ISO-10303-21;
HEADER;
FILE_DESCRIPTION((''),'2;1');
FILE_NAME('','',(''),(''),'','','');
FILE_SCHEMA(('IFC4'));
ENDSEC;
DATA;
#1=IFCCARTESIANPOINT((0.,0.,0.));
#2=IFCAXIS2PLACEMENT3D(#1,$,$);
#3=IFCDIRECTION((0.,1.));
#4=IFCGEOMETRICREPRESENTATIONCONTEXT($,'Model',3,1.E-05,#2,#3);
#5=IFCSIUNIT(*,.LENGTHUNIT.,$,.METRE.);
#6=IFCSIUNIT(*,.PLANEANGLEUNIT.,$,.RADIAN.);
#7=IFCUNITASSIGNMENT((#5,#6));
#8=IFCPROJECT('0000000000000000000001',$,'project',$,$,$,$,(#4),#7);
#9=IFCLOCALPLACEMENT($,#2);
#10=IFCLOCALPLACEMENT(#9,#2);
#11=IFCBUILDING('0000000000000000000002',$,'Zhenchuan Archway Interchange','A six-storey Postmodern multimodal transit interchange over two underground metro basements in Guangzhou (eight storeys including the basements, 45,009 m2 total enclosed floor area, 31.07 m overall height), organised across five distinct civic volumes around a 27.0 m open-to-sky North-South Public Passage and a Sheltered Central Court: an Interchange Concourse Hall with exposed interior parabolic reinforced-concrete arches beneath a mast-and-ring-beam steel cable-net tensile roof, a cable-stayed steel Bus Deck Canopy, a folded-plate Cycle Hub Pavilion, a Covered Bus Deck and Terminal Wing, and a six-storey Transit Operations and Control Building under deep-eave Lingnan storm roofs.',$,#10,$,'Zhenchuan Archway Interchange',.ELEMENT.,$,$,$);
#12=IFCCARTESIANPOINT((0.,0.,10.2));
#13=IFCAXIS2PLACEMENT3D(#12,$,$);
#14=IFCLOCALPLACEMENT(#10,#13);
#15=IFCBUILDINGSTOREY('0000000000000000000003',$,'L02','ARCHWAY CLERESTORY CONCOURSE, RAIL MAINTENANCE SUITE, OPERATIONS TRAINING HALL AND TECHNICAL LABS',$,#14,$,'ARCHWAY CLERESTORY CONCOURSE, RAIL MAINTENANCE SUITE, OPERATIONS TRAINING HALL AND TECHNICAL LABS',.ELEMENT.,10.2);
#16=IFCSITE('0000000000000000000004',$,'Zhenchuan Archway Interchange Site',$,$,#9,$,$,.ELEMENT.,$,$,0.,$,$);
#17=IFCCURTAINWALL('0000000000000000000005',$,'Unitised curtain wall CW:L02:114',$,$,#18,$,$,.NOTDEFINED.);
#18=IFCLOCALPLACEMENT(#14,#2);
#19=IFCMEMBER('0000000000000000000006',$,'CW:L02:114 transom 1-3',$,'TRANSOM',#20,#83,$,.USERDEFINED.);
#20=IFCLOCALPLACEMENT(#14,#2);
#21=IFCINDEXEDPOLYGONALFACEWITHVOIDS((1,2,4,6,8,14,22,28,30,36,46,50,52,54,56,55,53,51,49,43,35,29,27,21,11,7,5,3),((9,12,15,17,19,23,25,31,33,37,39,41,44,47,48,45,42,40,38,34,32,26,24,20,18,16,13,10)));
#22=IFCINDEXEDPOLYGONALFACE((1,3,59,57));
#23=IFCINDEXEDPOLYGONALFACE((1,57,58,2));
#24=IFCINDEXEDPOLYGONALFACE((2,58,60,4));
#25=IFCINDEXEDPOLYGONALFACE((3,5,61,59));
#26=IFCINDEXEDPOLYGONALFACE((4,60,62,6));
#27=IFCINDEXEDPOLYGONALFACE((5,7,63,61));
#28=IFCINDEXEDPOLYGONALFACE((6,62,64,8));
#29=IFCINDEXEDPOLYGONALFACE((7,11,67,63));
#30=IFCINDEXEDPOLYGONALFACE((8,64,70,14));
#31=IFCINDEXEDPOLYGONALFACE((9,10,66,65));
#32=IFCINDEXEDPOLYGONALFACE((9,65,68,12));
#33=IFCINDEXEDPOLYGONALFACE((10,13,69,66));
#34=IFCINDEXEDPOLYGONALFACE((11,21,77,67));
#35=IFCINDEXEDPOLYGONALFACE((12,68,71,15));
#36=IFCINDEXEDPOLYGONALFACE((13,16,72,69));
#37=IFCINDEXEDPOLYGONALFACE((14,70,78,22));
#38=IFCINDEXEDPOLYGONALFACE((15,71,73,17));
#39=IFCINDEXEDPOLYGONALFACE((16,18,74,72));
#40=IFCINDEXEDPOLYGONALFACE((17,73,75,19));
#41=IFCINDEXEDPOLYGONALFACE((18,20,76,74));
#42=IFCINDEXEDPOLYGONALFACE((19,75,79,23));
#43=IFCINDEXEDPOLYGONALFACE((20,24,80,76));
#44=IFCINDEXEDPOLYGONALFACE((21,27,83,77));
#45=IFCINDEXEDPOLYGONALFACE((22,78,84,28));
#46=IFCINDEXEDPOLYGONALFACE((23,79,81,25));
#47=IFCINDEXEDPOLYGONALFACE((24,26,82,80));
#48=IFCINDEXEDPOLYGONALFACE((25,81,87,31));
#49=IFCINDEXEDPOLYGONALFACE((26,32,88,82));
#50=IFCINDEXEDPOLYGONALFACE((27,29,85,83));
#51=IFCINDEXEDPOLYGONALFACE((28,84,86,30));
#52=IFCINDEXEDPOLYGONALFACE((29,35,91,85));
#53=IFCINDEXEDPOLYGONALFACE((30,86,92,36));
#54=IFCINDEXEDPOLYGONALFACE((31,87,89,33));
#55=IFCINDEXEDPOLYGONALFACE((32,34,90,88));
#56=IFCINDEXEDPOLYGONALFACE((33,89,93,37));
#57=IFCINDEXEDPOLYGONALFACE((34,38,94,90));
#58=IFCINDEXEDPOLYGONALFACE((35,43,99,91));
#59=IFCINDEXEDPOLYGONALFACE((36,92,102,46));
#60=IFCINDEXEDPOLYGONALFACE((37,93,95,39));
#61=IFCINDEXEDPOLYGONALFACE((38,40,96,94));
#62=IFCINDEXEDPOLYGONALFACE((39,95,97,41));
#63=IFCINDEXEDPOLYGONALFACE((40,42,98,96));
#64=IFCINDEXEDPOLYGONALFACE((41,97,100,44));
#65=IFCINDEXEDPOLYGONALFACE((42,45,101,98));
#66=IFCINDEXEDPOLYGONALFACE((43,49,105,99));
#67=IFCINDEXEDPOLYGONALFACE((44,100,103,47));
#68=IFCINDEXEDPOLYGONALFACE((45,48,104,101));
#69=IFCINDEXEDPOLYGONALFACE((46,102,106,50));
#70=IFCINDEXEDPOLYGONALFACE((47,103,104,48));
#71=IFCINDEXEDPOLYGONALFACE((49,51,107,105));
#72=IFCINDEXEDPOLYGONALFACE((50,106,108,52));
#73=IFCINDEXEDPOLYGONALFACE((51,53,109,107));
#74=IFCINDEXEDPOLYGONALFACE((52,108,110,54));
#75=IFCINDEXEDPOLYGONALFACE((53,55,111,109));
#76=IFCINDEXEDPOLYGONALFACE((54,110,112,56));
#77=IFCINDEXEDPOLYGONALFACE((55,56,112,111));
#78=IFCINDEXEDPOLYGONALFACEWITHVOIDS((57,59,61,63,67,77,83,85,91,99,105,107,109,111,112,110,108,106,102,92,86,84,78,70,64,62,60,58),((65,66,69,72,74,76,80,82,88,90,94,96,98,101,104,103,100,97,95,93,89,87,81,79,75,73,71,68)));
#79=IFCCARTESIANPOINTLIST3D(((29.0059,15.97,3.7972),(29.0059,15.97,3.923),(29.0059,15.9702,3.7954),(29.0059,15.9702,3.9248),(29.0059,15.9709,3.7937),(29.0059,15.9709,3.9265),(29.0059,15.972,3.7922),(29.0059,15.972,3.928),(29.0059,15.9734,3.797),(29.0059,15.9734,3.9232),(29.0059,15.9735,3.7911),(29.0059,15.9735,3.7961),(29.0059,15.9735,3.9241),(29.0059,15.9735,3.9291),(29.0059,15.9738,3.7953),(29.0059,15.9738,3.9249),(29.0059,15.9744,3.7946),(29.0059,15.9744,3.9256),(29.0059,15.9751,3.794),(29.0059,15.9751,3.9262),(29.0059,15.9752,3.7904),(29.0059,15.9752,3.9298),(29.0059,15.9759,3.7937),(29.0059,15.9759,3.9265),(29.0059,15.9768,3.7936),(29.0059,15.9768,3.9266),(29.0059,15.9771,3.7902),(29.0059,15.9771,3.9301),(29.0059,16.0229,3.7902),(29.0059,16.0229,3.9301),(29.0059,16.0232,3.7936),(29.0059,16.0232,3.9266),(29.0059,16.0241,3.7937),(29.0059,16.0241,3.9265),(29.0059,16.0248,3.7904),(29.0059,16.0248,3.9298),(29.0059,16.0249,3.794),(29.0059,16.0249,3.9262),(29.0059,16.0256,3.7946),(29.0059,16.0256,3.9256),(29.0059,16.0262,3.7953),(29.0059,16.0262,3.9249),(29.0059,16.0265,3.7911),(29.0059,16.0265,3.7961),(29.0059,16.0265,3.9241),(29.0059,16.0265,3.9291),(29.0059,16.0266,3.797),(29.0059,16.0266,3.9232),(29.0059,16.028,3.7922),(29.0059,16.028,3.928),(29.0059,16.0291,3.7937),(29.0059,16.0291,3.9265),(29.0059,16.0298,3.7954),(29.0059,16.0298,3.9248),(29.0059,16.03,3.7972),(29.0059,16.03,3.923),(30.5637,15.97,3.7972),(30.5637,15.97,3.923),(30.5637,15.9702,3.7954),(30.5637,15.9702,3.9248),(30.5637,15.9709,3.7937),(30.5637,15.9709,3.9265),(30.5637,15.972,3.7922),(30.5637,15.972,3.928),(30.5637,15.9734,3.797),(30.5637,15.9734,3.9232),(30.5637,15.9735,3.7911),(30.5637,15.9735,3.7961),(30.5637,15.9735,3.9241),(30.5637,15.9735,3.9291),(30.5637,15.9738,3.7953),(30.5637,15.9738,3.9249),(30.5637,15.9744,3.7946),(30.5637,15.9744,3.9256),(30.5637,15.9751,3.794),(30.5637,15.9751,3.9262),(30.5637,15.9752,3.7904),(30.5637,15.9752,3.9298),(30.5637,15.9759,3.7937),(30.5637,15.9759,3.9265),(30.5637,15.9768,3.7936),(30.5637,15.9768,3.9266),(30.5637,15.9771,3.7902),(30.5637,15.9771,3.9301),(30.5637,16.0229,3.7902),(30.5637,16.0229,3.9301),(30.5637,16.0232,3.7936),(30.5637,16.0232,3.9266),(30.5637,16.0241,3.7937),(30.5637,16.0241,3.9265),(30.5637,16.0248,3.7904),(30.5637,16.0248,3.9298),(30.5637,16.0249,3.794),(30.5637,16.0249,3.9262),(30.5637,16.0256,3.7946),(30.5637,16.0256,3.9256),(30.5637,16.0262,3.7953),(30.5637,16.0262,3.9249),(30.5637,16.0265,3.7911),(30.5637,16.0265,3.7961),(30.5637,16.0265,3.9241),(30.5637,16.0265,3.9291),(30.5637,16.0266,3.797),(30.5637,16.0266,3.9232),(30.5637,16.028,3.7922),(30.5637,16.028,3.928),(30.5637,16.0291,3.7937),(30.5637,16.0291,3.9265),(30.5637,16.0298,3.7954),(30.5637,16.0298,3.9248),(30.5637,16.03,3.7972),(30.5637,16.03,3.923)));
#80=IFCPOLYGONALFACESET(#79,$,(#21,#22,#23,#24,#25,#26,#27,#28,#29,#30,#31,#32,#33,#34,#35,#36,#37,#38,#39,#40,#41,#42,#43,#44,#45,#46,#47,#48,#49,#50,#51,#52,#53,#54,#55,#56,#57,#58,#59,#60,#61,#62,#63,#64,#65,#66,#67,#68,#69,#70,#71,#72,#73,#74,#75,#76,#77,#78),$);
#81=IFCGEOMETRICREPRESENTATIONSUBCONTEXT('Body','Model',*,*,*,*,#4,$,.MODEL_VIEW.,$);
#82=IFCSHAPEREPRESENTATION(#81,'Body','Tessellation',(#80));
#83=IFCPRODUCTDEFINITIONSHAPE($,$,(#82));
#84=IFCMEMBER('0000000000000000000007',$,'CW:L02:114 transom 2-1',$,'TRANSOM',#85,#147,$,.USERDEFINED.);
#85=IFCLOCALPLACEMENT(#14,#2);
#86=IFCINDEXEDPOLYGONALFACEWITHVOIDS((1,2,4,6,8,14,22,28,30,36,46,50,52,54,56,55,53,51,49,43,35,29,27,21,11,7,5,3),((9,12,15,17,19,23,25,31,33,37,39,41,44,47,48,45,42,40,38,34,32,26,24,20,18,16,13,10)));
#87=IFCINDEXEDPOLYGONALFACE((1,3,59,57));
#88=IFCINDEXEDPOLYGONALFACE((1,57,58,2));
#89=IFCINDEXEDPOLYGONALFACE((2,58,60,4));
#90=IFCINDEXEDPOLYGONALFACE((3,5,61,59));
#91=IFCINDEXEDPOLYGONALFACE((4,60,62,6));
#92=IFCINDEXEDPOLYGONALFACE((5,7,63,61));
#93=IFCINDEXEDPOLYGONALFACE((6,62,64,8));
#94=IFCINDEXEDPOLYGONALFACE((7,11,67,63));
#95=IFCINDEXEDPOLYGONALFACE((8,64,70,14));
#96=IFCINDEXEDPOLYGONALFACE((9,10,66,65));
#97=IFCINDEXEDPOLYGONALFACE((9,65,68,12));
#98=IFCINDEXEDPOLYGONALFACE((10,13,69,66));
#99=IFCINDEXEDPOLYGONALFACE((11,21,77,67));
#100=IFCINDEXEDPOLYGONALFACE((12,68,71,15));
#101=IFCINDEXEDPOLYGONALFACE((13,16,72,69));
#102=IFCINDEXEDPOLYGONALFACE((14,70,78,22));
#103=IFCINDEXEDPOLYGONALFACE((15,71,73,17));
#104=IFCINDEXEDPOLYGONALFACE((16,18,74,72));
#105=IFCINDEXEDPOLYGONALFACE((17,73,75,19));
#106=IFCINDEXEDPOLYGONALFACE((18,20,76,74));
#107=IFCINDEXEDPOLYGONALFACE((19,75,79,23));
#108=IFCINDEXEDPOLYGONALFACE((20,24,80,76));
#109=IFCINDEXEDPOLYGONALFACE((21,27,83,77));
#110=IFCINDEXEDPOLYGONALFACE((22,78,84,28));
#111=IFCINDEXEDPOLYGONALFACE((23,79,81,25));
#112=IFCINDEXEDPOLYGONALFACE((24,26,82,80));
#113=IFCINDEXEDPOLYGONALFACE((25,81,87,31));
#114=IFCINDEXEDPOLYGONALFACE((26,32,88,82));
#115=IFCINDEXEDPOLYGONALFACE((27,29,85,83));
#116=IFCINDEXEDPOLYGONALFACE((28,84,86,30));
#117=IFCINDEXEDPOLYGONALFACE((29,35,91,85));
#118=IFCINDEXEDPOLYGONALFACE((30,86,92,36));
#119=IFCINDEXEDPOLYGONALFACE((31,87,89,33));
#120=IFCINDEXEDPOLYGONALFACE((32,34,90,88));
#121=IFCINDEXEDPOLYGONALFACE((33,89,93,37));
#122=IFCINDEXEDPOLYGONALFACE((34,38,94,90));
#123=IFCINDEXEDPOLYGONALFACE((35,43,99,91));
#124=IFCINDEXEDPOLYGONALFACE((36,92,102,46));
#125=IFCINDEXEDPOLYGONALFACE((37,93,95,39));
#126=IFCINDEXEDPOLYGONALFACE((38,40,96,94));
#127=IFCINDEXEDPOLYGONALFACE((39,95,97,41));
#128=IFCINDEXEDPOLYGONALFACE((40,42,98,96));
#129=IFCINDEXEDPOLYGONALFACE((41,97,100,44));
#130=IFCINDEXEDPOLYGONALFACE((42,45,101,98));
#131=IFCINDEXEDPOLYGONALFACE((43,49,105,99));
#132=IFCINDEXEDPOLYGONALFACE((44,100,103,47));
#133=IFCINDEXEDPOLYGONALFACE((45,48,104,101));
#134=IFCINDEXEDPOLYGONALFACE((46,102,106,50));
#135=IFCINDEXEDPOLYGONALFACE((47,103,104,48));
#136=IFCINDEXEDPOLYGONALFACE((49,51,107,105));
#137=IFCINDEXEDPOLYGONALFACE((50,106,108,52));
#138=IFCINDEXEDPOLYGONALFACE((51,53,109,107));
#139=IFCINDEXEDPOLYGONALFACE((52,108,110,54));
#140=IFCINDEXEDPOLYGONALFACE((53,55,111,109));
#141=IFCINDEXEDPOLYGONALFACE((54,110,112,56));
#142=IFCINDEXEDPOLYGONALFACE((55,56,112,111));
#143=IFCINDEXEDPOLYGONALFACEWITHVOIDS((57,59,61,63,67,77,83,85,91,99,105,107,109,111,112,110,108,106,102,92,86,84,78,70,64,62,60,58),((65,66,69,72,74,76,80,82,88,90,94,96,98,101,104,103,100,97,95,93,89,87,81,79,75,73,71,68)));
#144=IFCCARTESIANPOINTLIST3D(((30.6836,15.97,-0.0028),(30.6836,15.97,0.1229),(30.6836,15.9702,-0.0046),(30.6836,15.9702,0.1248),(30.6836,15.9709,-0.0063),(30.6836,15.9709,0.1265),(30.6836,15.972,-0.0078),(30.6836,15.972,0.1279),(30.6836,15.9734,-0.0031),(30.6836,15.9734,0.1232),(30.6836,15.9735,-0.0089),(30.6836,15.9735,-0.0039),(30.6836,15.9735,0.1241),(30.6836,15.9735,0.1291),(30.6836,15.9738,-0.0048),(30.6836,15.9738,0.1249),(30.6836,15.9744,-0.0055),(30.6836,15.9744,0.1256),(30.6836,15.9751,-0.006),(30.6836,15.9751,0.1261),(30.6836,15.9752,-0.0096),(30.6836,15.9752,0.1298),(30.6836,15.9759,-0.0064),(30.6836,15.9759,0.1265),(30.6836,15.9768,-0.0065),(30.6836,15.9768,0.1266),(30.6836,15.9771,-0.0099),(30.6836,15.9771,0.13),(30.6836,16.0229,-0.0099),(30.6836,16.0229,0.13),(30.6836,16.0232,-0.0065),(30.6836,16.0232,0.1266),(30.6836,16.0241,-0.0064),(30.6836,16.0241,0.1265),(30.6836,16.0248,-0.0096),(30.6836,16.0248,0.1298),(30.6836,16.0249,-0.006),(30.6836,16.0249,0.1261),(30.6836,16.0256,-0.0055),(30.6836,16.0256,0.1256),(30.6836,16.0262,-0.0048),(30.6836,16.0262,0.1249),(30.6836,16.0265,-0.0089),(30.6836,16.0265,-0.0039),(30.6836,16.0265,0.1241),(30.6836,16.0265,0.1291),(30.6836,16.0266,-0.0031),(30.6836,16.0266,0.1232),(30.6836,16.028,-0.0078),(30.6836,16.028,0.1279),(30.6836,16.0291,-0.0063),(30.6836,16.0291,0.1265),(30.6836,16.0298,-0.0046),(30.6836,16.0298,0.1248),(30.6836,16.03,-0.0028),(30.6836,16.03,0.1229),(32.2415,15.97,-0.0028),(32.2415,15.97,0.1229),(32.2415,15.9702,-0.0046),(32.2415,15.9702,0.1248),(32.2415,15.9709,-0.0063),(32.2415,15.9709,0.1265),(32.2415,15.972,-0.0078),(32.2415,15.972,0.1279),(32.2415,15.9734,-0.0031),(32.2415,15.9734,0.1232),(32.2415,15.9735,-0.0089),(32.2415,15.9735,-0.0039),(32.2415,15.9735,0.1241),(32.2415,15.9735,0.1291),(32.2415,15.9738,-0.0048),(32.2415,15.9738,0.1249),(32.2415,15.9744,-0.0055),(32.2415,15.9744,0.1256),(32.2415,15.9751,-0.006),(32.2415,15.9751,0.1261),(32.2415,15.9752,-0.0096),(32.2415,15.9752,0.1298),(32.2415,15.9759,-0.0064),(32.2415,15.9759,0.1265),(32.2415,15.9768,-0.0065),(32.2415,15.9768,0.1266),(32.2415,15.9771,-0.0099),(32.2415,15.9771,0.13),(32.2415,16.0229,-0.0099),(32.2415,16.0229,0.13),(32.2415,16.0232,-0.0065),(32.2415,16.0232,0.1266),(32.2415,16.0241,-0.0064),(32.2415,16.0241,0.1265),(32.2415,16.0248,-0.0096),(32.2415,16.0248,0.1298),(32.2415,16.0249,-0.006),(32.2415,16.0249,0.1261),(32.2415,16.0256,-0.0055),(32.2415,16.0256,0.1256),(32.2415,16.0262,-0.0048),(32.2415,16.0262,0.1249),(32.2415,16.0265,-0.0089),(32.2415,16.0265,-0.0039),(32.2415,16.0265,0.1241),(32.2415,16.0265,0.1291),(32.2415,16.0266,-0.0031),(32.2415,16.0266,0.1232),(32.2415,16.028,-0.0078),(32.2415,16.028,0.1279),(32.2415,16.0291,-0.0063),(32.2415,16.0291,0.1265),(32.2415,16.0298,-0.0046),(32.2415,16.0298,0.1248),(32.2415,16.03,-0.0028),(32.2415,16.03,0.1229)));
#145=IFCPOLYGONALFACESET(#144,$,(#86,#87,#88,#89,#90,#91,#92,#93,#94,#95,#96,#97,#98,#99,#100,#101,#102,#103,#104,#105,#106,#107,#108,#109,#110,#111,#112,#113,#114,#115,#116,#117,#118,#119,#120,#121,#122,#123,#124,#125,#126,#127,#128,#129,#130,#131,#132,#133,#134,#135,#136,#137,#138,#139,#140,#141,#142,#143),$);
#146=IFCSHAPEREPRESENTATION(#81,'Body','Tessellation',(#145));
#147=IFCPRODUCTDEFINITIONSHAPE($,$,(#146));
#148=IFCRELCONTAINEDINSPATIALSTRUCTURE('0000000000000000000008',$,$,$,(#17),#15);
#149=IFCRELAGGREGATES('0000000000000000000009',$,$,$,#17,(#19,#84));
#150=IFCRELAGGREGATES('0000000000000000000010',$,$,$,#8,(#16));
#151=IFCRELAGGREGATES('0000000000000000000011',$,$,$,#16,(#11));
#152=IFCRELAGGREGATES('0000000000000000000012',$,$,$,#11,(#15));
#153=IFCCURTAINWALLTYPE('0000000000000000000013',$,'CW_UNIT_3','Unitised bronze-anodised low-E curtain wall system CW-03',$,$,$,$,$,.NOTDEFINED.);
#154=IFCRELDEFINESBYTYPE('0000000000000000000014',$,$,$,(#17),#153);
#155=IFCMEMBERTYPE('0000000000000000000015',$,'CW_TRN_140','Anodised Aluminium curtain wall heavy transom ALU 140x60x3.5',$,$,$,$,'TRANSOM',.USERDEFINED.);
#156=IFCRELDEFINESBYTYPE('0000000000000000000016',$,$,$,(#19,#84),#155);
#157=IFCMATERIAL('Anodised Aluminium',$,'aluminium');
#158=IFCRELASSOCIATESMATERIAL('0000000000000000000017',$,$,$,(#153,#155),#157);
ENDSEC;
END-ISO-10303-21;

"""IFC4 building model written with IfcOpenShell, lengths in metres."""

from ifc_helpers import new_model, si_unit, direction, frame, origin, origin_2d, place, context, subcontext, project, spatial, hollow_rectangle, extrude, material, material_profile, profile_set, type_object, element, aggregate, save


model = new_model("IFC4")

# Units and contexts
model_context = context("Model", 3, precision=1e-05, world=origin(), true_north=direction((0.0, 1.0)))
body_context = subcontext(model_context, "Body", "Model", "MODEL_VIEW")
ifc_project = project(units=[si_unit("LENGTHUNIT", "METRE"), si_unit("PLANEANGLEUNIT", "RADIAN")], contexts=[model_context])

# Site, building, storey
site_placement = place(None, origin())
site = spatial("IfcSite", under=ifc_project, at=site_placement, Name="Zhenchuan Archway Interchange Site", CompositionType="ELEMENT", RefElevation=0.0)
building_placement = place(site_placement, origin())
building = spatial("IfcBuilding", under=site, at=building_placement, Name="Zhenchuan Archway Interchange", Description="A six-storey Postmodern multimodal transit interchange over two underground metro basements in Guangzhou (eight storeys including the basements, 45,009 m2 total enclosed floor area, 31.07 m overall height), organised across five distinct civic volumes around a 27.0 m open-to-sky North-South Public Passage and a Sheltered Central Court: an Interchange Concourse Hall with exposed interior parabolic reinforced-concrete arches beneath a mast-and-ring-beam steel cable-net tensile roof, a cable-stayed steel Bus Deck Canopy, a folded-plate Cycle Hub Pavilion, a Covered Bus Deck and Terminal Wing, and a six-storey Transit Operations and Control Building under deep-eave Lingnan storm roofs.", LongName="Zhenchuan Archway Interchange", CompositionType="ELEMENT")
storey_placement = place(building_placement, frame((0.0, 0.0, 10.2)))
storey = spatial("IfcBuildingStorey", under=building, at=storey_placement, Name="L02", Description="ARCHWAY CLERESTORY CONCOURSE, RAIL MAINTENANCE SUITE, OPERATIONS TRAINING HALL AND TECHNICAL LABS", LongName="ARCHWAY CLERESTORY CONCOURSE, RAIL MAINTENANCE SUITE, OPERATIONS TRAINING HALL AND TECHNICAL LABS", CompositionType="ELEMENT", Elevation=10.2)

# Curtain wall, members
ifc_material_1 = material(Name="Anodised Aluminium", Category="aluminium")
curtain_wall_type = type_object("IfcCurtainWallType", Name="CW_UNIT_3", Description="Unitised bronze-anodised low-E curtain wall system CW-03", PredefinedType="NOTDEFINED", material=ifc_material_1)
curtain_wall_placement = place(storey_placement, origin())
curtain_wall = element("IfcCurtainWall", 1, at=curtain_wall_placement, inside=storey, type_object=curtain_wall_type, Name="Unitised curtain wall CW:L02:114", PredefinedType="NOTDEFINED")
ifc_material_profile_1 = material_profile(ifc_material_1, hollow_rectangle(XDim=0.0601, YDim=0.1399, WallThickness=0.0034, InnerFilletRadius=0.0034, OuterFilletRadius=0.0071, at=origin_2d()), Name="ALU 140x60x3.5")
ifc_profile_set_1 = profile_set([ifc_material_profile_1], Name="Anodised Aluminium")
member_type_1 = type_object("IfcMemberType", Name="CW_TRN_140", Description="Anodised Aluminium curtain wall heavy transom ALU 140x60x3.5", ElementType="TRANSOM", PredefinedType="USERDEFINED", material=ifc_profile_set_1)
member_1_placement = place(storey_placement, frame((29.0059, 16.0, 3.8601), z_axis=(1.0, 0.0, 0.0), x_axis=(0.0, 1.0, 0.0)))
member_1 = element("IfcMember", 2, at=member_1_placement, type_object=member_type_1, Name="CW:L02:114 transom 1-3", ObjectType="TRANSOM", PredefinedType="USERDEFINED", context=body_context, shape_type="SweptSolid", body=[
    extrude(hollow_rectangle(XDim=0.0601, YDim=0.1399, WallThickness=0.0034, InnerFilletRadius=0.0034, OuterFilletRadius=0.0071, at=origin_2d()), origin(), (0.0, 0.0, 1.0), 1.5579),
])
member_2_placement = place(storey_placement, frame((30.6836, 16.0, 0.0601), z_axis=(1.0, 0.0, 0.0), x_axis=(0.0, 1.0, 0.0)))
member_2 = element("IfcMember", 3, at=member_2_placement, type_object=member_type_1, Name="CW:L02:114 transom 2-1", ObjectType="TRANSOM", PredefinedType="USERDEFINED", context=body_context, shape_type="SweptSolid", body=[
    extrude(hollow_rectangle(XDim=0.0601, YDim=0.1399, WallThickness=0.0034, InnerFilletRadius=0.0034, OuterFilletRadius=0.0071, at=origin_2d()), origin(), (0.0, 0.0, 1.0), 1.5579),
])
aggregate(curtain_wall, [member_1, member_2])

save(model, "model.ifc")
